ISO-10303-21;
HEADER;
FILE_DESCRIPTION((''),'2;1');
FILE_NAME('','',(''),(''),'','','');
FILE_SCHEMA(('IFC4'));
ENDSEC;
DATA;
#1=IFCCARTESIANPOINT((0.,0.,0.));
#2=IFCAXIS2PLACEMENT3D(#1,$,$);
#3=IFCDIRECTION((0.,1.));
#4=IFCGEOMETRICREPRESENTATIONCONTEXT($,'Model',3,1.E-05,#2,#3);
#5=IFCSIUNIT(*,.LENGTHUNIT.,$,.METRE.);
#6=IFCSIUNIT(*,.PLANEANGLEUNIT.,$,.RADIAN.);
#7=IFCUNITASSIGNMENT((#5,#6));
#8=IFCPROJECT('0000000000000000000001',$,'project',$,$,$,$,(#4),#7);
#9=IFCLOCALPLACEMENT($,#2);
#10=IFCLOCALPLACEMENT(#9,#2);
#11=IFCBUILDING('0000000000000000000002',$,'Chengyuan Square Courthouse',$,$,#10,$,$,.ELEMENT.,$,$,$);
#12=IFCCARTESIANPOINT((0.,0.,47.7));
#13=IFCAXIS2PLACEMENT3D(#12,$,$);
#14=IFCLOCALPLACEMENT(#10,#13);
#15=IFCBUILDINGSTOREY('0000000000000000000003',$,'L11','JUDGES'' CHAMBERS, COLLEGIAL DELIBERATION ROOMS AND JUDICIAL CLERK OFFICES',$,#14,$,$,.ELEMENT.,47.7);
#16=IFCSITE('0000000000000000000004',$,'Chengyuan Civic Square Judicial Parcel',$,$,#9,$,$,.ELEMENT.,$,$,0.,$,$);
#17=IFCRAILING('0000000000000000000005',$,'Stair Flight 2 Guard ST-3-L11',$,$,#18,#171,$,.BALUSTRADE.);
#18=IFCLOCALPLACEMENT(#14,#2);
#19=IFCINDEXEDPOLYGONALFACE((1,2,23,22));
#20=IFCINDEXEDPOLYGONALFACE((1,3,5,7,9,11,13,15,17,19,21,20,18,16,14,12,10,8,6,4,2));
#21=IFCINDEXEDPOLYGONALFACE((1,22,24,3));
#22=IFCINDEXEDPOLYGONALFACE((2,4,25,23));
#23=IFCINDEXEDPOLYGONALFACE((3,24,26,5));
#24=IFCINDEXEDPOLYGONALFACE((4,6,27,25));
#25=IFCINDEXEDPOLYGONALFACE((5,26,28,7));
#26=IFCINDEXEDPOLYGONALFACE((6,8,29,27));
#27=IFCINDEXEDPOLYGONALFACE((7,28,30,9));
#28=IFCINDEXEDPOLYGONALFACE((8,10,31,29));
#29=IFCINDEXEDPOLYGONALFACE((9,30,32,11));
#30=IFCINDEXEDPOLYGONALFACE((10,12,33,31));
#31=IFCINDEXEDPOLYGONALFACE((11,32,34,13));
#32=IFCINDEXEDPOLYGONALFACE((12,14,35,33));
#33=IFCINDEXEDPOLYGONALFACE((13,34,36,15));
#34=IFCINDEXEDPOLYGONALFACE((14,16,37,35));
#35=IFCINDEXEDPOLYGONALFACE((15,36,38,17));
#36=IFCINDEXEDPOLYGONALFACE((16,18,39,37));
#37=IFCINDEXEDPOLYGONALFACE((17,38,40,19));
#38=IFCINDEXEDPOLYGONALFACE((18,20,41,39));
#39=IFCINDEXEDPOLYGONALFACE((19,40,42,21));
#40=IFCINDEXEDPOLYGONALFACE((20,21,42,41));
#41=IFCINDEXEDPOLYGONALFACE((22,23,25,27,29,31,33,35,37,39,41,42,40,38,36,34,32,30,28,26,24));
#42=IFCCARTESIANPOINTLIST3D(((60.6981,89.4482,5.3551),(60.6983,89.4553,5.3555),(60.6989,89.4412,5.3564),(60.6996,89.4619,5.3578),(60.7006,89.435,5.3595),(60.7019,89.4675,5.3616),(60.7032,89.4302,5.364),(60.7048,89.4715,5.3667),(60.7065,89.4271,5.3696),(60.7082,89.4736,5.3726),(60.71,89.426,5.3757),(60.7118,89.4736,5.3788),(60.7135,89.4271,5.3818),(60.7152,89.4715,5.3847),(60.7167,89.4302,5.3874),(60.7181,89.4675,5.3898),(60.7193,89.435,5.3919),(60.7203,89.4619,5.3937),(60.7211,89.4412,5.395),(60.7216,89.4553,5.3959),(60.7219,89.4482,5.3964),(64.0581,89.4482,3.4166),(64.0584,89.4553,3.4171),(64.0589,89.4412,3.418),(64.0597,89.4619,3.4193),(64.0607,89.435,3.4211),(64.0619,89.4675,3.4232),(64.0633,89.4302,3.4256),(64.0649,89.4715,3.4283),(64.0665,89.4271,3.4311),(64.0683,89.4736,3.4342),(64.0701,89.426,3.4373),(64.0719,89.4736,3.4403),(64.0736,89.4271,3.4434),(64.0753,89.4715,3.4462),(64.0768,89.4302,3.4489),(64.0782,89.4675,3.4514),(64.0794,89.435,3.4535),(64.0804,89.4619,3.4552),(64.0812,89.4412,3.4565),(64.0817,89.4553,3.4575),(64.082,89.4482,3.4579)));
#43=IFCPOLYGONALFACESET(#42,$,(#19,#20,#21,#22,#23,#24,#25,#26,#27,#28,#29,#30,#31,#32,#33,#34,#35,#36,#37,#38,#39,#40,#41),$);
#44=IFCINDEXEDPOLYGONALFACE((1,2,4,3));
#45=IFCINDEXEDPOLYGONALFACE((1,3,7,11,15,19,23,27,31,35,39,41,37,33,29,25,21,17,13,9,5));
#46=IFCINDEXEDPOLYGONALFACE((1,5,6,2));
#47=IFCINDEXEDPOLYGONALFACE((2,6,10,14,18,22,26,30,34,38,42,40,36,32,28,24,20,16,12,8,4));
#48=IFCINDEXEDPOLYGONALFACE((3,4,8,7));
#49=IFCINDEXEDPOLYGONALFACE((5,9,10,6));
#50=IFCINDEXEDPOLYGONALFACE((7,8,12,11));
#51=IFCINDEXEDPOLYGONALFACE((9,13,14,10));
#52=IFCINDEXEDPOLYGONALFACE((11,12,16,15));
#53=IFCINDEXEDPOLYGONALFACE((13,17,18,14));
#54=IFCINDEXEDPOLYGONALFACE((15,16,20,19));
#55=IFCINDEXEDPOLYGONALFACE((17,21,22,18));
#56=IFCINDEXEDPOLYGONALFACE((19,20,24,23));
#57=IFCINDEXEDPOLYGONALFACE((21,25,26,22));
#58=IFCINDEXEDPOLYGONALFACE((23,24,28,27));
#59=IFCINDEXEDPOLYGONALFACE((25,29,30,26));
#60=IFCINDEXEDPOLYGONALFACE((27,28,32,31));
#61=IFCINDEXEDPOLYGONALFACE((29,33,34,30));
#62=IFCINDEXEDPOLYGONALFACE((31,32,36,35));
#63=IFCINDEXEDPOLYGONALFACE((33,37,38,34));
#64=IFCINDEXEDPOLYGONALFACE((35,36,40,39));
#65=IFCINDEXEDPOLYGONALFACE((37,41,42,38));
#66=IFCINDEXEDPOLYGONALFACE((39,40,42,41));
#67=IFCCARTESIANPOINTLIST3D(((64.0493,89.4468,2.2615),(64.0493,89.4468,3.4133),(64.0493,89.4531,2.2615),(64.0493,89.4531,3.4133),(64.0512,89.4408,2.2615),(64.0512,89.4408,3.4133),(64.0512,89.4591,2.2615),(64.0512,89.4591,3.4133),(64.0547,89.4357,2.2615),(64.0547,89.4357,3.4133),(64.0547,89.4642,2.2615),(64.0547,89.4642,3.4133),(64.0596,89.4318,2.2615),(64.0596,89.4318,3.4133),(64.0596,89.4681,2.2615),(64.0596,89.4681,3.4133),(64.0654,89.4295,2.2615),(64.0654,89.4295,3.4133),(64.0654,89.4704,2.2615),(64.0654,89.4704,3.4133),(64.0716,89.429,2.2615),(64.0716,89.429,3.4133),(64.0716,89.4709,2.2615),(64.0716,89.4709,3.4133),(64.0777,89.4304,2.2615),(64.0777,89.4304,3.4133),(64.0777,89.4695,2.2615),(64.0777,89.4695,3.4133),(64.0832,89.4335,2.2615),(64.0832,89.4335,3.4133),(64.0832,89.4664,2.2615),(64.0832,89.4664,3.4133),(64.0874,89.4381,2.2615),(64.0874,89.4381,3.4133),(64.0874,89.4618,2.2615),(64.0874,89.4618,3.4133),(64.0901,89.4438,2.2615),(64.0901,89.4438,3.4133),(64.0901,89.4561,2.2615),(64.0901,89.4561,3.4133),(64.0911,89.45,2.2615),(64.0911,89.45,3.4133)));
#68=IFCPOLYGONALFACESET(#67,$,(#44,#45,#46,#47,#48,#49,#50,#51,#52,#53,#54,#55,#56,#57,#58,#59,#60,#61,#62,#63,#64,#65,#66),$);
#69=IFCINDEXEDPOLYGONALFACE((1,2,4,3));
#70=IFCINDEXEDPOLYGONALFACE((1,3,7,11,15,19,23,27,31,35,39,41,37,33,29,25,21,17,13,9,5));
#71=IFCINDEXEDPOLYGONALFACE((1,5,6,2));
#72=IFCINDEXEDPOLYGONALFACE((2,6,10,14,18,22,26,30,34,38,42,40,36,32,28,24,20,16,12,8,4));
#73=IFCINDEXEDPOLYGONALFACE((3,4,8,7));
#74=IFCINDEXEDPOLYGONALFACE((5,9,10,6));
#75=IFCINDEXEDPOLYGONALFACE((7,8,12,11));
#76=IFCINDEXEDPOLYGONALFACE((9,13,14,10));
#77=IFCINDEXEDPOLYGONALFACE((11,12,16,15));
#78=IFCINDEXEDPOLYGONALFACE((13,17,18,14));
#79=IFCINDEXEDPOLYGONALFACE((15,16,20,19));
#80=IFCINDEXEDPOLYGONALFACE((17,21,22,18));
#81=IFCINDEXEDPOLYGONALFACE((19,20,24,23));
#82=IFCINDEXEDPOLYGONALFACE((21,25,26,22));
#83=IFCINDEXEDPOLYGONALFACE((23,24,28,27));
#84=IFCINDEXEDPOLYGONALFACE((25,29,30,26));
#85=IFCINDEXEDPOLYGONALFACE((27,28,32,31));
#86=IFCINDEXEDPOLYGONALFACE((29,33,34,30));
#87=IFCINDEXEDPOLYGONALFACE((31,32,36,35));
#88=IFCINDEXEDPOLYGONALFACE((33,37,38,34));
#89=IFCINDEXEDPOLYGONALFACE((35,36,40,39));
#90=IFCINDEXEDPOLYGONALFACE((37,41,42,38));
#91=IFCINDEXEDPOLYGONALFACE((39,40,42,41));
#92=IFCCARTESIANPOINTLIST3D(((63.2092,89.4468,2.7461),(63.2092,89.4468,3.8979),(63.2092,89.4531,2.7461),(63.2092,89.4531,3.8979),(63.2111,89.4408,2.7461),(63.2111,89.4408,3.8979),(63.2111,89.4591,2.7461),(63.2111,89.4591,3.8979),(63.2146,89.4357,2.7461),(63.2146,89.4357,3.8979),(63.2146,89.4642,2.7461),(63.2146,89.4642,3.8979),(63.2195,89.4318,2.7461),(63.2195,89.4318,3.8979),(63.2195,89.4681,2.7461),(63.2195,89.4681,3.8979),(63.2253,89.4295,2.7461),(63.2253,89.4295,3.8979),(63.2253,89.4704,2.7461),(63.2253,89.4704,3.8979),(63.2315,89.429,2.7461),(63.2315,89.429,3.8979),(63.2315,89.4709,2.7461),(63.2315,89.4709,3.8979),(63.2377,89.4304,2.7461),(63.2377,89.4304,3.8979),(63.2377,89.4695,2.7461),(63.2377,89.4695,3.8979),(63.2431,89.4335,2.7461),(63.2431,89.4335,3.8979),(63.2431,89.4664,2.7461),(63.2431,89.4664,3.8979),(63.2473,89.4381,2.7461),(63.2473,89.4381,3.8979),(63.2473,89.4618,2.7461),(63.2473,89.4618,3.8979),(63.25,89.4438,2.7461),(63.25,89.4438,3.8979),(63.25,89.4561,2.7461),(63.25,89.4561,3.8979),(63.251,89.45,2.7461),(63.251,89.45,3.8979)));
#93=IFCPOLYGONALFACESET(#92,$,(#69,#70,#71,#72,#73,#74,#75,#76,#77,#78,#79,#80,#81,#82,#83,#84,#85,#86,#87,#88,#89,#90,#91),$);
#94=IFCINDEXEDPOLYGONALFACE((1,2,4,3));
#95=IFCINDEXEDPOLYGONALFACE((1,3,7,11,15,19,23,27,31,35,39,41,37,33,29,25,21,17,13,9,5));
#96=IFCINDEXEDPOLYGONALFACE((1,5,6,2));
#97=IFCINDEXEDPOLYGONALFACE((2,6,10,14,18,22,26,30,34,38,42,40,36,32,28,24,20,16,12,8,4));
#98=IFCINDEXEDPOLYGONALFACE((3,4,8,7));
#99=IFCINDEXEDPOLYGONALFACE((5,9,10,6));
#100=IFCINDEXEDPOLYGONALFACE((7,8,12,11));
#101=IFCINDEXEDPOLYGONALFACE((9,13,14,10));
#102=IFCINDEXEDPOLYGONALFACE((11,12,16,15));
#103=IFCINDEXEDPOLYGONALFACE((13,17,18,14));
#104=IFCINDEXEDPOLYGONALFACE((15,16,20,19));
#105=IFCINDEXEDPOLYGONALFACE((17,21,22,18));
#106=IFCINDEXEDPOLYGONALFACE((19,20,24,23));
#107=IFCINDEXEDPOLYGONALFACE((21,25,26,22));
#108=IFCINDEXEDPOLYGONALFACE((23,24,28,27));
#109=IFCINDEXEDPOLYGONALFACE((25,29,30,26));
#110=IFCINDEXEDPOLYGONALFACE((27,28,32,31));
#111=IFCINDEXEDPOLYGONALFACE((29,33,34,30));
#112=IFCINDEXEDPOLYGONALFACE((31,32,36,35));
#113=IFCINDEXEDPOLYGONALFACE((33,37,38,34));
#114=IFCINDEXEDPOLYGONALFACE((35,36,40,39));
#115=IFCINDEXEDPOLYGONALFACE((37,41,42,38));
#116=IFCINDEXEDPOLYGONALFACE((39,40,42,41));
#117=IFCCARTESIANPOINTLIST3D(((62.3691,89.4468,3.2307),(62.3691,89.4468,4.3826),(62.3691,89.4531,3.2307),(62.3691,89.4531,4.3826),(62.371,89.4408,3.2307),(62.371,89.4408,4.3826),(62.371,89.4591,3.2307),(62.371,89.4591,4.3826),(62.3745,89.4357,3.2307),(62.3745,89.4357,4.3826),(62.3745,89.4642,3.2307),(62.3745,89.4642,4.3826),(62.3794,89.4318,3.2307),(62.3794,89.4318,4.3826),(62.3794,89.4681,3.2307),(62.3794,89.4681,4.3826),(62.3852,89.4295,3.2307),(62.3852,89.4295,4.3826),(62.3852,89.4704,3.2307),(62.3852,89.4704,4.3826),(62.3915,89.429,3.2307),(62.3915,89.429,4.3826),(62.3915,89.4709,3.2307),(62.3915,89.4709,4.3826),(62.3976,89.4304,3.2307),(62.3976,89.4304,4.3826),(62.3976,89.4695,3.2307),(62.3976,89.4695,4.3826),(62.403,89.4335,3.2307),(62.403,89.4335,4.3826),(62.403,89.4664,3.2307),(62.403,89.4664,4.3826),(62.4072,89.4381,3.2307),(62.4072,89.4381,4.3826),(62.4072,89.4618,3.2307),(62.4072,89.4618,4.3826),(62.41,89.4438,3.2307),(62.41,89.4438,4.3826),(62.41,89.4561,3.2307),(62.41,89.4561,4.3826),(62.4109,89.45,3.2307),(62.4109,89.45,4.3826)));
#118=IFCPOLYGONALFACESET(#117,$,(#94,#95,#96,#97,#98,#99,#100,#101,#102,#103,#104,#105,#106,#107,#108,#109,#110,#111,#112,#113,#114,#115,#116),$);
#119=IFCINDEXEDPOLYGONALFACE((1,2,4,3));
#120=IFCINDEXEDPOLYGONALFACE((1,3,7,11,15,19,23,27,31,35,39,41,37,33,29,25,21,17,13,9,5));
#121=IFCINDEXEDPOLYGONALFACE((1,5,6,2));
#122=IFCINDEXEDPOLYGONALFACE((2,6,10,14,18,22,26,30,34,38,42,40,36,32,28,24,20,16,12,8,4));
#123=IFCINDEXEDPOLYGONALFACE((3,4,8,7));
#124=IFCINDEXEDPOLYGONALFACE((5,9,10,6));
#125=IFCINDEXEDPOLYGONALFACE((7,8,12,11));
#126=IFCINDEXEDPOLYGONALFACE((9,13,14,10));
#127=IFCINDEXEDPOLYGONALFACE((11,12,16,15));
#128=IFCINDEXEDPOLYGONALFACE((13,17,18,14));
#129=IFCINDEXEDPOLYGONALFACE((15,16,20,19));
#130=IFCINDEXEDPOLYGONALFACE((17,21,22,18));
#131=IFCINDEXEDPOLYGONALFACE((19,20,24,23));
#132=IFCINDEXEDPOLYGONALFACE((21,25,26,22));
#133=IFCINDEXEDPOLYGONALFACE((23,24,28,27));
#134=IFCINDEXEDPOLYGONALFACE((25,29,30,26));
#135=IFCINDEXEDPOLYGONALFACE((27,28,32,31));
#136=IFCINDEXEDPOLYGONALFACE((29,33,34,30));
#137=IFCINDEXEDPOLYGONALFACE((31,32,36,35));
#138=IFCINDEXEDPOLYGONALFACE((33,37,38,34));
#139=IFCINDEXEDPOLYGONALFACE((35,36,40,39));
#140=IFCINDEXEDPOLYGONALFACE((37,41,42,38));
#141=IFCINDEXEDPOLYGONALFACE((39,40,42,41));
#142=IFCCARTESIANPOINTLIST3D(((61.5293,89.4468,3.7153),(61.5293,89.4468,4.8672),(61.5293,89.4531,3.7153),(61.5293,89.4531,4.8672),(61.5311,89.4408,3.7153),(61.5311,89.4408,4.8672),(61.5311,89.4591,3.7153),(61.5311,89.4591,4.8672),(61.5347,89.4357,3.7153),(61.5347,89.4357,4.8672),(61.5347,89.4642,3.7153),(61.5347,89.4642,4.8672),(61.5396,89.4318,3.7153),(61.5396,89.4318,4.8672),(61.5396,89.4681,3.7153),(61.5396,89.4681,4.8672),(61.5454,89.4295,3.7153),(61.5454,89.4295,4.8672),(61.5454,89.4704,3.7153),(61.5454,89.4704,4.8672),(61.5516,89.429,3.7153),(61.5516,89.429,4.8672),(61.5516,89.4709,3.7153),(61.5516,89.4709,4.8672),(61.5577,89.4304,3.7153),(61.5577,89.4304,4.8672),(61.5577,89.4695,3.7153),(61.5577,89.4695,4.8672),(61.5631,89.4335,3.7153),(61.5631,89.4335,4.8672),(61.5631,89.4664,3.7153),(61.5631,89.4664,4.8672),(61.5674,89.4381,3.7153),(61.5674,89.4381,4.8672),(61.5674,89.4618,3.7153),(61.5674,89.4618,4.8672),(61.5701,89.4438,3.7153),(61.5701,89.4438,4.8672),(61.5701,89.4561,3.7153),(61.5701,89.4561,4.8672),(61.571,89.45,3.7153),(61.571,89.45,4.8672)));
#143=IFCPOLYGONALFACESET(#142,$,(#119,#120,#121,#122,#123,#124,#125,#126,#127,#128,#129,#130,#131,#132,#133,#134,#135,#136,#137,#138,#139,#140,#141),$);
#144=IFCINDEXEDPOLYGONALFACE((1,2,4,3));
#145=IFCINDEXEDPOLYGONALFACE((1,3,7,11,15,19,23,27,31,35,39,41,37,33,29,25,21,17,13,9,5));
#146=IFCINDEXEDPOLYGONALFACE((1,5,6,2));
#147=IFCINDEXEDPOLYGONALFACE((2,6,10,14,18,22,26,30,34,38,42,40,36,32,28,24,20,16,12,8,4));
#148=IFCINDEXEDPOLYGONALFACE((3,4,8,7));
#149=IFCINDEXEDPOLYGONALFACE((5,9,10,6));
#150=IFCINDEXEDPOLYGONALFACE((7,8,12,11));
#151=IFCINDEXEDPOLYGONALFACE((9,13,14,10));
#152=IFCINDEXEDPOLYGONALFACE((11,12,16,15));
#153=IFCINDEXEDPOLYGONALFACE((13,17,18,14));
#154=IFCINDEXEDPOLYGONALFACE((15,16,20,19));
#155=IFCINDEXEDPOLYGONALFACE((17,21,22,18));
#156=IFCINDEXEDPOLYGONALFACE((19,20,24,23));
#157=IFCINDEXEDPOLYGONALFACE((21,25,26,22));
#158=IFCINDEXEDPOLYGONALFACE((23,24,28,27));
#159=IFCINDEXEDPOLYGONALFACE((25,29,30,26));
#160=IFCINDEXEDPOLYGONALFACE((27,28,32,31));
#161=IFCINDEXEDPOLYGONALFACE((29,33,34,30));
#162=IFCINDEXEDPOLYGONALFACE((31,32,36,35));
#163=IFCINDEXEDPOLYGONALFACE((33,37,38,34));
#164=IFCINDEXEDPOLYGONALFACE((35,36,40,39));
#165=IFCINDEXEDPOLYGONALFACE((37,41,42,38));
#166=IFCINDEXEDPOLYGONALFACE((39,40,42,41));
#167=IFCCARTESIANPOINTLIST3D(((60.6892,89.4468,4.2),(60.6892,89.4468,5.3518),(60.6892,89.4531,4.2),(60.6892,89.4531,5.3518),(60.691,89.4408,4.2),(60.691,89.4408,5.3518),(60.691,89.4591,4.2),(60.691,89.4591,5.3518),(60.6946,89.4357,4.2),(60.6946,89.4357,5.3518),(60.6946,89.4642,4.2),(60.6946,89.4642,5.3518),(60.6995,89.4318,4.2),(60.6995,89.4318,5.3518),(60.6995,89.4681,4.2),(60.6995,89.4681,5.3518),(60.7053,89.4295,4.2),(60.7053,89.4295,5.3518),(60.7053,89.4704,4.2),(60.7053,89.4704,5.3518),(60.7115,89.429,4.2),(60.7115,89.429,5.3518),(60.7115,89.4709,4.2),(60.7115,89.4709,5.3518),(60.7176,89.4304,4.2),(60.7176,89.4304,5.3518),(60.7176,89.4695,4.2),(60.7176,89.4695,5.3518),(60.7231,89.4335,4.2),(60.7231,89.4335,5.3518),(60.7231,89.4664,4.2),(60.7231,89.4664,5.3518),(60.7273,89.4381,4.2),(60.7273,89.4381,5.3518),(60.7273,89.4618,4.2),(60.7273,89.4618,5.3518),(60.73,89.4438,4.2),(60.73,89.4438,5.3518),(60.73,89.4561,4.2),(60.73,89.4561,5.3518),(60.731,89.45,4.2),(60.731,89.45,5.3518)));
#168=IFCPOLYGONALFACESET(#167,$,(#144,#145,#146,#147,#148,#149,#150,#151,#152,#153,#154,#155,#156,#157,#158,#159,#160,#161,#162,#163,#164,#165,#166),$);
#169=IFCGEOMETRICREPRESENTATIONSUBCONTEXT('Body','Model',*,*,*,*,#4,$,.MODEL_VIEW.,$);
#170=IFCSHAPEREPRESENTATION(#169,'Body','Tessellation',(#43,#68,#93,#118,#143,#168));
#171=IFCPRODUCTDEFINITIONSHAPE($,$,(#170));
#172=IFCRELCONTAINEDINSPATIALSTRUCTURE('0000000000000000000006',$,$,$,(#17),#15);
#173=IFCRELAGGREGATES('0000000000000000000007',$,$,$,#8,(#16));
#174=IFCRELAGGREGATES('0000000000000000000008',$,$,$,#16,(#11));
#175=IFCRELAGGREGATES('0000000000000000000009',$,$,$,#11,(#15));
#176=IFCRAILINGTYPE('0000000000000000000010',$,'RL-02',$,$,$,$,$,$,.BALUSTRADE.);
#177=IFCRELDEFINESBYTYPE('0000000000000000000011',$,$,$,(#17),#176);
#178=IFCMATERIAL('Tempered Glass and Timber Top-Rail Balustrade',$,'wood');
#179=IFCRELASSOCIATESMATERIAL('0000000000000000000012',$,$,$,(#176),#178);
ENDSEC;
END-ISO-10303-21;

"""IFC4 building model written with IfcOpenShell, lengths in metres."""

from ifc_helpers import new_model, si_unit, direction, frame, origin, origin_2d, place, context, subcontext, project, spatial, circle, extrude, material, type_object, element, save


model = new_model("IFC4")

# Units and contexts
model_context = context("Model", 3, precision=1e-05, world=origin(), true_north=direction((0.0, 1.0)))
body_context = subcontext(model_context, "Body", "Model", "MODEL_VIEW")
ifc_project = project(units=[si_unit("LENGTHUNIT", "METRE"), si_unit("PLANEANGLEUNIT", "RADIAN")], contexts=[model_context])

# Site, building, storey
site_placement = place(None, origin())
site = spatial("IfcSite", under=ifc_project, at=site_placement, Name="Chengyuan Civic Square Judicial Parcel", CompositionType="ELEMENT", RefElevation=0.0)
building_placement = place(site_placement, origin())
building = spatial("IfcBuilding", under=site, at=building_placement, Name="Chengyuan Square Courthouse", CompositionType="ELEMENT")
storey_placement = place(building_placement, frame((0.0, 0.0, 47.7)))
storey = spatial("IfcBuildingStorey", under=building, at=storey_placement, Name="L11", Description="JUDGES' CHAMBERS, COLLEGIAL DELIBERATION ROOMS AND JUDICIAL CLERK OFFICES", CompositionType="ELEMENT", Elevation=47.7)

# Railing
ifc_material_1 = material(Name="Tempered Glass and Timber Top-Rail Balustrade", Category="wood")
railing_type_1 = type_object("IfcRailingType", Name="RL-02", PredefinedType="BALUSTRADE", material=ifc_material_1)
railing_1_placement = place(storey_placement, frame((64.0701, 89.45, 2.2615)))
element("IfcRailing", 1, at=railing_1_placement, inside=storey, type_object=railing_type_1, Name="Stair Flight 2 Guard ST-3-L11", PredefinedType="BALUSTRADE", context=body_context, shape_type="SweptSolid", body=[
    extrude(circle(Radius=0.0239, at=origin_2d()), frame((0.0, 0.0, 1.1758), z_axis=(-0.866191, 0.0, 0.499713), x_axis=(0.0, -1.0, 0.0)), (0.0, 0.0, 1.0), 3.8792),
    extrude(circle(Radius=0.021, at=origin_2d()), origin(), (0.0, 0.0, 1.0), 1.1519),
    extrude(circle(Radius=0.021, at=origin_2d()), frame((-0.8401, 0.0, 0.4846)), (0.0, 0.0, 1.0), 1.1519),
    extrude(circle(Radius=0.021, at=origin_2d()), frame((-1.6802, 0.0, 0.9692)), (0.0, 0.0, 1.0), 1.1519),
    extrude(circle(Radius=0.021, at=origin_2d()), frame((-2.52, 0.0, 1.4539)), (0.0, 0.0, 1.0), 1.1519),
    extrude(circle(Radius=0.021, at=origin_2d()), frame((-3.3601, 0.0, 1.9385)), (0.0, 0.0, 1.0), 1.1519),
])

save(model, "model.ifc")
